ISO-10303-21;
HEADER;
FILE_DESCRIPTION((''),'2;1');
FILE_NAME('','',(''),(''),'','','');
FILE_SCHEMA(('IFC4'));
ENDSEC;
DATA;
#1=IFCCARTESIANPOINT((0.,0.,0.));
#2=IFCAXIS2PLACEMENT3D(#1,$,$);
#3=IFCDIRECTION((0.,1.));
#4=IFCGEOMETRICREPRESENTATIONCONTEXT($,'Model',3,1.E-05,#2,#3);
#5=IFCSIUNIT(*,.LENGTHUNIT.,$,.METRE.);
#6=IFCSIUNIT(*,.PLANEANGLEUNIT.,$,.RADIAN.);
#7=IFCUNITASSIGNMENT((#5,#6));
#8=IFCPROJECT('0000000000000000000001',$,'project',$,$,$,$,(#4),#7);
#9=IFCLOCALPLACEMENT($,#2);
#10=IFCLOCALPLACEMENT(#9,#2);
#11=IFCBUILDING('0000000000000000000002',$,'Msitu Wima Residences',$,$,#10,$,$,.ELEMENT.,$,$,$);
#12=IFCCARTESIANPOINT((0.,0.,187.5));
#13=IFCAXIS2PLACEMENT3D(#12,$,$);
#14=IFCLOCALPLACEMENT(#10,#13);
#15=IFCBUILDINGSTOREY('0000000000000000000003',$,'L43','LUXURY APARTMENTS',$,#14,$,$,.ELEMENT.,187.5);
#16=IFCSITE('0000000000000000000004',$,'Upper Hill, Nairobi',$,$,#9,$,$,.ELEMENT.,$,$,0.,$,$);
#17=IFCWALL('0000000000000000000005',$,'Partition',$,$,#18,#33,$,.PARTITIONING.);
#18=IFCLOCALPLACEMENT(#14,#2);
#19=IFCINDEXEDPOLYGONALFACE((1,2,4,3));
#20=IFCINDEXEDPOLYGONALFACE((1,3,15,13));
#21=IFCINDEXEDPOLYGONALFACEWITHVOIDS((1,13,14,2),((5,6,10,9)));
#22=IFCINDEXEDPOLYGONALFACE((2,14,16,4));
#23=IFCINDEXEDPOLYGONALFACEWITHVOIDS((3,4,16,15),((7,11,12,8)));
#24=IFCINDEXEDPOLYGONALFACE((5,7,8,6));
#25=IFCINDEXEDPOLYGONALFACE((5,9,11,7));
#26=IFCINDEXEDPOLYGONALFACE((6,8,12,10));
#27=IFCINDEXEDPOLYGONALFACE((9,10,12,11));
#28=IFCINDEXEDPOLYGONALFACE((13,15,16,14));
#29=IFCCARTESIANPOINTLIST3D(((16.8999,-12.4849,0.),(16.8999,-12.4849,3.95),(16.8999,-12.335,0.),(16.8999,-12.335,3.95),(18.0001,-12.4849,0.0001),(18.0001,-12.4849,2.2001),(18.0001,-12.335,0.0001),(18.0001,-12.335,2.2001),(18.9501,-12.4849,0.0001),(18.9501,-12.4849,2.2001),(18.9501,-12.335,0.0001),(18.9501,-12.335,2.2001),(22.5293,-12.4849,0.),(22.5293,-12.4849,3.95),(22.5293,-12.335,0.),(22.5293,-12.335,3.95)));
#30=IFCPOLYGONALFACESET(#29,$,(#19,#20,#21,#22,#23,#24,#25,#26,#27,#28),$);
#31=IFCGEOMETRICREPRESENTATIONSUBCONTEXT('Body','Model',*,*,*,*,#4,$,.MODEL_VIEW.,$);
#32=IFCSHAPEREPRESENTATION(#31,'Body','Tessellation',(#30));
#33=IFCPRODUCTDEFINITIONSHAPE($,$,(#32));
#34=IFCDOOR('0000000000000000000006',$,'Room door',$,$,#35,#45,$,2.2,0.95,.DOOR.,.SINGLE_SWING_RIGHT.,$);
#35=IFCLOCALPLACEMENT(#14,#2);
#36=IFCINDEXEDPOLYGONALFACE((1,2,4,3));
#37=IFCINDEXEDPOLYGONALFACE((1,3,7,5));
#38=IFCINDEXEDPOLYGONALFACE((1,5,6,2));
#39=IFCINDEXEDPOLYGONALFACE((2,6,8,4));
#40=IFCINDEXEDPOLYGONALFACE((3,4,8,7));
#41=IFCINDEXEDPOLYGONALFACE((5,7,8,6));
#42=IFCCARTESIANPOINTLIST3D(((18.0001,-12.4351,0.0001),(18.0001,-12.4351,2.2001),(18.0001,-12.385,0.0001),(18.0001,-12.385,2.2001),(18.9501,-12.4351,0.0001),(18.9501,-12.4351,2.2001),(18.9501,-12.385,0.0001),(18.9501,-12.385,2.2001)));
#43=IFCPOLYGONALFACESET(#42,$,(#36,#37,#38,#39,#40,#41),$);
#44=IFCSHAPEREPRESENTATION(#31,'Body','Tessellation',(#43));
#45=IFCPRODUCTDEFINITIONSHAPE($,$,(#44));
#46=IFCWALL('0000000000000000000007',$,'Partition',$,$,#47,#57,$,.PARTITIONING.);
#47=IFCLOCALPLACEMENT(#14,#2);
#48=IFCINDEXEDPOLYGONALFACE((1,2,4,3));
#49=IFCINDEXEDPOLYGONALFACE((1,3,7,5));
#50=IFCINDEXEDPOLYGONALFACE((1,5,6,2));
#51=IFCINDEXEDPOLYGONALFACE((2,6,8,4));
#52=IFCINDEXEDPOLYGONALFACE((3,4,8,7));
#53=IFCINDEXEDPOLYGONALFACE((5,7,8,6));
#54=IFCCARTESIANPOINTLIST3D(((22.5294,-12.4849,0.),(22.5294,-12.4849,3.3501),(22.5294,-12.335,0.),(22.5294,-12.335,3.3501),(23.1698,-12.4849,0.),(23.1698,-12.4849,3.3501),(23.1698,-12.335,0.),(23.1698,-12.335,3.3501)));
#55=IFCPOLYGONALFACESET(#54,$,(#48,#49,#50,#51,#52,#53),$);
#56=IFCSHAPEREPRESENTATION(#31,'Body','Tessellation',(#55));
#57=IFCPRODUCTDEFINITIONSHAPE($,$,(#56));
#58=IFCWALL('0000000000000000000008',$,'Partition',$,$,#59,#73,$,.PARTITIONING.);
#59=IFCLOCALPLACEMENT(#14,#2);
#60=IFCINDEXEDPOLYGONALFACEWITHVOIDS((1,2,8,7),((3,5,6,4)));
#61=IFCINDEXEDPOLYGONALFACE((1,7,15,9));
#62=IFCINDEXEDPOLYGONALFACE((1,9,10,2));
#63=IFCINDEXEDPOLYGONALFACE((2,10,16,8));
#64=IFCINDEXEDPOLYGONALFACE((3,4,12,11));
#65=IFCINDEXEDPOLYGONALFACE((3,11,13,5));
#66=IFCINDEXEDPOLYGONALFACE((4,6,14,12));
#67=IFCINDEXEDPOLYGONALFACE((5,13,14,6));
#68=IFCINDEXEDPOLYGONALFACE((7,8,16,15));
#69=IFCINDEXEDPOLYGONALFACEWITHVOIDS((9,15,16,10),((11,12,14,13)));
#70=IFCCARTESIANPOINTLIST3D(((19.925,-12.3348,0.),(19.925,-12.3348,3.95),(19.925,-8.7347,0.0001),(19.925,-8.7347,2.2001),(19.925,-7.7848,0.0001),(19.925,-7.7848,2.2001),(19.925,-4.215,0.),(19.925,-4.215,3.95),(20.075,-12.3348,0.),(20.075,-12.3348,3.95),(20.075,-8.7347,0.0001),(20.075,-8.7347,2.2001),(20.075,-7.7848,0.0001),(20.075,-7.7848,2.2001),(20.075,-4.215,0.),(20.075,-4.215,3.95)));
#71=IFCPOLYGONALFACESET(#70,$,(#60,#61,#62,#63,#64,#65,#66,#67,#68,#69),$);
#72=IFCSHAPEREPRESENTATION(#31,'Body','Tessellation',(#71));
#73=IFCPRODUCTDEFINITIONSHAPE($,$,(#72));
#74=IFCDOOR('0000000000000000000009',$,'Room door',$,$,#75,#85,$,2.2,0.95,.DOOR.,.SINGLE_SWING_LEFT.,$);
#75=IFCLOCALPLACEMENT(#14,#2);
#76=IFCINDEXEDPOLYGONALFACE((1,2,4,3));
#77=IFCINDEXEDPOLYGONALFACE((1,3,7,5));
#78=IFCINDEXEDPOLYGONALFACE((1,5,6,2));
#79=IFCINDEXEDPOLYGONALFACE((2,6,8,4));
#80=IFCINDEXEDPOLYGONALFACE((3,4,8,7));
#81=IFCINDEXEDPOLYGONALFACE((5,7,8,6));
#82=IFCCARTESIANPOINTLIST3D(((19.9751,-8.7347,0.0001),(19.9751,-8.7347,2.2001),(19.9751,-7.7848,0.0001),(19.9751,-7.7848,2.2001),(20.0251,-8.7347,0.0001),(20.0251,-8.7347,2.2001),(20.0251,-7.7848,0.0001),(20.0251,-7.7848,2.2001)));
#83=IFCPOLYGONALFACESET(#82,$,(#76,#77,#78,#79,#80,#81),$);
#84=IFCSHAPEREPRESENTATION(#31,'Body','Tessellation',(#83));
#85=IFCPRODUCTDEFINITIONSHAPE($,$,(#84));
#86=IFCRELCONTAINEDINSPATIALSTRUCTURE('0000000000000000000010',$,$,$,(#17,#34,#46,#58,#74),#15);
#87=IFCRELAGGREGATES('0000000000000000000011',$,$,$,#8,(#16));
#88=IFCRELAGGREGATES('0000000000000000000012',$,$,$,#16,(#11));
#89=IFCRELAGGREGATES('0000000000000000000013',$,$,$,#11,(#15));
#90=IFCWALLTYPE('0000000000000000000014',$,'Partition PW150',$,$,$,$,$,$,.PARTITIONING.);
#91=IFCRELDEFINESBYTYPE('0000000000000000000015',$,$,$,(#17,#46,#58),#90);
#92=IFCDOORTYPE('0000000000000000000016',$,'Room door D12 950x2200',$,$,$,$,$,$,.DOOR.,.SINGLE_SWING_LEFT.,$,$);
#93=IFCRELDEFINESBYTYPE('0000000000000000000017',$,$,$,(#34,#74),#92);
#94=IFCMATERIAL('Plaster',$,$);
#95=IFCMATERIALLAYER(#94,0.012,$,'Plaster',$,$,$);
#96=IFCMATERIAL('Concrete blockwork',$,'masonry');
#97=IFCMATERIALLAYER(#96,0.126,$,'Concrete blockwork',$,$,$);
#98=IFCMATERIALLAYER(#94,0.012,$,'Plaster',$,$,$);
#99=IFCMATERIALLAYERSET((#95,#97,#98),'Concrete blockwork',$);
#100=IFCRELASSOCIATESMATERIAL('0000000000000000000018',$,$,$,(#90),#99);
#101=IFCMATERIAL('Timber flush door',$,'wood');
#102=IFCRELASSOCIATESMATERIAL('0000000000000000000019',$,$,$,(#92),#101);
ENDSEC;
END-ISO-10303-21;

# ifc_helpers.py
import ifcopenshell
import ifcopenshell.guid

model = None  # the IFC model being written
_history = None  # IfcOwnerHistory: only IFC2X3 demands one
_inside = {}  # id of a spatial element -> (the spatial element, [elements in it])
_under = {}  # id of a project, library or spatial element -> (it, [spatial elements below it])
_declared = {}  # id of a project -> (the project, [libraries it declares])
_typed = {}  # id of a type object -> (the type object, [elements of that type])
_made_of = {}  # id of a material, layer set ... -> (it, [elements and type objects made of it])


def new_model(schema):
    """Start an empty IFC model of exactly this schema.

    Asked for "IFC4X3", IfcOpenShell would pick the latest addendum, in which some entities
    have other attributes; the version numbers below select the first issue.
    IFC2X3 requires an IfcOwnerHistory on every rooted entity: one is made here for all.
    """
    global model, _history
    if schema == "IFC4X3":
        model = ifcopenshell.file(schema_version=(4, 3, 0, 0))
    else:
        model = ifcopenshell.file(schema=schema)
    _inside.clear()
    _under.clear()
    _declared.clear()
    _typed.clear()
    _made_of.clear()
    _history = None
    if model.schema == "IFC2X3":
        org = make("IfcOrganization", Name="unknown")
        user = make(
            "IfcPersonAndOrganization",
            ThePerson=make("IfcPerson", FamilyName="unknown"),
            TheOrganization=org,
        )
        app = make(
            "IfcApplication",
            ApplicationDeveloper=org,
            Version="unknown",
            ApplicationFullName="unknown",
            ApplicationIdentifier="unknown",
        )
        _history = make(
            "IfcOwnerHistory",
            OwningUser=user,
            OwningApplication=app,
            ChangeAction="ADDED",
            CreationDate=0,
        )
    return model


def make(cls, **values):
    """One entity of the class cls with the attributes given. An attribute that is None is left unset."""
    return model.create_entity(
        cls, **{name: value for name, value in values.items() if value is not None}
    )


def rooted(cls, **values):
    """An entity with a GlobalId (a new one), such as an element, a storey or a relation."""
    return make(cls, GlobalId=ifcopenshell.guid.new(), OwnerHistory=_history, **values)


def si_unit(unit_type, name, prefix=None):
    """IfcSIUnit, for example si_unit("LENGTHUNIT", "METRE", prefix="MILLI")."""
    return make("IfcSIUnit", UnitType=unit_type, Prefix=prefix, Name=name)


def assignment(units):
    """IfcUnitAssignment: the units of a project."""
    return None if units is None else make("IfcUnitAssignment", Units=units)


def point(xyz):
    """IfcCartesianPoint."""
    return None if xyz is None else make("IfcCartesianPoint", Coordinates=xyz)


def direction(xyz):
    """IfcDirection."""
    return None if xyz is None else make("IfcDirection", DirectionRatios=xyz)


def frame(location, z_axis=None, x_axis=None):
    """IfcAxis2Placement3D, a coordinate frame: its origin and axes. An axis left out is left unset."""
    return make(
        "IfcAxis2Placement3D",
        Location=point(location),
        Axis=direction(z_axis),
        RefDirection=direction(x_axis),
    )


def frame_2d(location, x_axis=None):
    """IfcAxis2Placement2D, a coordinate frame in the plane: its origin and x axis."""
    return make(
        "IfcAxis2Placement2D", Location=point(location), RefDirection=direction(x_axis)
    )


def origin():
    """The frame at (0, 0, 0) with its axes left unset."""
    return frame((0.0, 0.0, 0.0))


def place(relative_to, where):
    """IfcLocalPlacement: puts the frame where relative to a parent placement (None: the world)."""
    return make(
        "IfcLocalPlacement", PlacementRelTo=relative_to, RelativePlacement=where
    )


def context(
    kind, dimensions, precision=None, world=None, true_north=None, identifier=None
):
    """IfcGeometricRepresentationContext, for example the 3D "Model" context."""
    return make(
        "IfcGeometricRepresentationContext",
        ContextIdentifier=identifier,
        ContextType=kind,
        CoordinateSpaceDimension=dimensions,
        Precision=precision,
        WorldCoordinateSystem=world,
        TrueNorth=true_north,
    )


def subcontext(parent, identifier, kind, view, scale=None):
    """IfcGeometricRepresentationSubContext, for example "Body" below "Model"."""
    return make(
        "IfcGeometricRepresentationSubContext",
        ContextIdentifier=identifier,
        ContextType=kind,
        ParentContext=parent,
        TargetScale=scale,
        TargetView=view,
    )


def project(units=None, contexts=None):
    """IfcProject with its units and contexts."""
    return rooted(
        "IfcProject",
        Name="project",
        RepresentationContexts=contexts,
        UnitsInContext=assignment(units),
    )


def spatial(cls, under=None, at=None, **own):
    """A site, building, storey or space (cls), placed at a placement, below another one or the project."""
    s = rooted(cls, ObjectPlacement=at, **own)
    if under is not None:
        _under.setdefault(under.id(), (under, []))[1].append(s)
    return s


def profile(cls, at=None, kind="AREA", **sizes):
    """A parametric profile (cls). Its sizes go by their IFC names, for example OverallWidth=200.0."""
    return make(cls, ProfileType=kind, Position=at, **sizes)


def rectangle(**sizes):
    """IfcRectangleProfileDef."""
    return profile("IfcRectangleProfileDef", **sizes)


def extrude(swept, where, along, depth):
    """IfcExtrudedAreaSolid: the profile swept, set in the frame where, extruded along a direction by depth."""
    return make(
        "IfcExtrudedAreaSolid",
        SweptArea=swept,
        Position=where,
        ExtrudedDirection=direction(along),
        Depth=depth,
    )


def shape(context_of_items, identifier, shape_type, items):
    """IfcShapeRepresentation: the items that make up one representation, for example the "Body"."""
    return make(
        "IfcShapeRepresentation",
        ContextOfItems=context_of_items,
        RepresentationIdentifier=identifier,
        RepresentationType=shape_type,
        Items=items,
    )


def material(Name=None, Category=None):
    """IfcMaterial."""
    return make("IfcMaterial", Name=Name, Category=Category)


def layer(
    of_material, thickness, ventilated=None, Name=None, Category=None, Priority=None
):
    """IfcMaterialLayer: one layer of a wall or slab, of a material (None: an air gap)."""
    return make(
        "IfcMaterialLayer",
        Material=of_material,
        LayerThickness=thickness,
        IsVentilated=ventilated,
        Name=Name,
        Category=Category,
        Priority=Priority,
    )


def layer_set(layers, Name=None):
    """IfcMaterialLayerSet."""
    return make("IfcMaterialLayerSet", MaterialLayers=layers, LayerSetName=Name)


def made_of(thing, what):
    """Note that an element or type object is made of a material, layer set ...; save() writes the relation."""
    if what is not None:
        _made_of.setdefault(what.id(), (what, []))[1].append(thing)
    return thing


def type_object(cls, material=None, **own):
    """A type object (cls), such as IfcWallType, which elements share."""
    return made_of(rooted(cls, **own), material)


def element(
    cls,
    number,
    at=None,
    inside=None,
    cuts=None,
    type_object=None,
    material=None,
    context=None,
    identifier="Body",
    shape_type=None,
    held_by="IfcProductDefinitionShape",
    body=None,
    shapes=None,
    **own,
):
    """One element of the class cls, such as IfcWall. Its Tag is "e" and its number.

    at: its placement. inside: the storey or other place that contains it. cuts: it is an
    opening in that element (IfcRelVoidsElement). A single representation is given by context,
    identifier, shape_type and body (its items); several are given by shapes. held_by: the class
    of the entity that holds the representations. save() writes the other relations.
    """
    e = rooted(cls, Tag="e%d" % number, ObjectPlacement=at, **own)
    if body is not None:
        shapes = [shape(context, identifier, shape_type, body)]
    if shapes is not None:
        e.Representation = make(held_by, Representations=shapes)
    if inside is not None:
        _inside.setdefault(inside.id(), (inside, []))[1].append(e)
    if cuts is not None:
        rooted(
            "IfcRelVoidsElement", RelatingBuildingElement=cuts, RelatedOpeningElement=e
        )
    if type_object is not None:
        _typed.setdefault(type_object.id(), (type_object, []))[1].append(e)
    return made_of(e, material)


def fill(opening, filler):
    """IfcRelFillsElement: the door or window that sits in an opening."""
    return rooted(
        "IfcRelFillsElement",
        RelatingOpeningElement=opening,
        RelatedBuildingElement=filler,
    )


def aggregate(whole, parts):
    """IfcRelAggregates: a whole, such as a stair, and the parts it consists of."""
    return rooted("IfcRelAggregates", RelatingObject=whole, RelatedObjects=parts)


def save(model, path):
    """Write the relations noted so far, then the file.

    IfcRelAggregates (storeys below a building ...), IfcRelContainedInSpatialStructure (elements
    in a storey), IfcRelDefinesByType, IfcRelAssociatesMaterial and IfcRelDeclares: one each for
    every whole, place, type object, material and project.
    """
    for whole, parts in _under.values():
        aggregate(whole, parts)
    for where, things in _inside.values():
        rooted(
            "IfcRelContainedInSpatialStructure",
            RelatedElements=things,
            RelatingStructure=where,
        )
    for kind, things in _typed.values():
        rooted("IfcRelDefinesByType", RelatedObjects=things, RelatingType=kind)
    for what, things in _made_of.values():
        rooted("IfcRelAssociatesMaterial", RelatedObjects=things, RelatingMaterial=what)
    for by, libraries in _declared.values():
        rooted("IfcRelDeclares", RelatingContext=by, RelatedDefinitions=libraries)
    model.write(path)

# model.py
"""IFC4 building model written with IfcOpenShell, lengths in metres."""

from ifc_helpers import new_model, si_unit, direction, frame, frame_2d, origin, place, context, subcontext, project, spatial, rectangle, extrude, material, layer, layer_set, type_object, element, fill, save


model = new_model("IFC4")

# Units and contexts
model_context = context("Model", 3, precision=1e-05, world=origin(), true_north=direction((0.0, 1.0)))
body_context = subcontext(model_context, "Body", "Model", "MODEL_VIEW")
ifc_project = project(units=[si_unit("LENGTHUNIT", "METRE"), si_unit("PLANEANGLEUNIT", "RADIAN")], contexts=[model_context])

# Site, building, storey
site_placement = place(None, origin())
site = spatial("IfcSite", under=ifc_project, at=site_placement, Name="Upper Hill, Nairobi", CompositionType="ELEMENT", RefElevation=0.0)
building_placement = place(site_placement, origin())
building = spatial("IfcBuilding", under=site, at=building_placement, Name="Msitu Wima Residences", CompositionType="ELEMENT")
storey_placement = place(building_placement, frame((0.0, 0.0, 187.5)))
storey = spatial("IfcBuildingStorey", under=building, at=storey_placement, Name="L43", Description="LUXURY APARTMENTS", CompositionType="ELEMENT", Elevation=187.5)

# Shared definitions
ifc_material_1 = material(Name="Plaster")
ifc_material_2 = material(Name="Concrete blockwork", Category="masonry")

# Shared definitions
ifc_layer_1 = layer(ifc_material_1, 0.012, Name="Plaster")
ifc_layer_2 = layer(ifc_material_2, 0.126, Name="Concrete blockwork")
ifc_layer_3 = layer(ifc_material_1, 0.012, Name="Plaster")
ifc_layer_set_1 = layer_set([ifc_layer_1, ifc_layer_2, ifc_layer_3], Name="Concrete blockwork")
wall_type_1 = type_object("IfcWallType", Name="Partition PW150", PredefinedType="PARTITIONING", material=ifc_layer_set_1)
ifc_material_3 = material(Name="Timber flush door", Category="wood")
door_type_1 = type_object("IfcDoorType", Name="Room door D12 950x2200", OperationType="SINGLE_SWING_LEFT", PredefinedType="DOOR", material=ifc_material_3)

# Wall, opening, door
wall_1_placement = place(storey_placement, frame((16.8999, -12.4099, 0.0), z_axis=(0.0, 0.0, 1.0), x_axis=(1.0, 0.0, 0.0)))
wall_1 = element("IfcWall", 1, at=wall_1_placement, inside=storey, type_object=wall_type_1, Name="Partition", PredefinedType="PARTITIONING", context=body_context, shape_type="SweptSolid", body=[
    extrude(rectangle(XDim=5.6294, YDim=0.1499, at=frame_2d((2.8147, 0.0))), origin(), (0.0, 0.0, 1.0), 3.95),
])
opening_1_placement = place(wall_1_placement, frame((1.1001, 0.0, 0.0)))
opening_1 = element("IfcOpeningElement", 2, at=opening_1_placement, cuts=wall_1, PredefinedType="OPENING", context=body_context, shape_type="SweptSolid", body=[
    extrude(rectangle(XDim=0.95, YDim=2.2, at=frame_2d((0.4751, 1.1001))), frame((0.0, 0.085, 0.0), z_axis=(0.0, -1.0, 0.0), x_axis=(1.0, 0.0, 0.0)), (0.0, 0.0, 1.0), 0.1699),
])
door_1_placement = place(opening_1_placement, origin())
door_1 = element("IfcDoor", 3, at=door_1_placement, inside=storey, type_object=door_type_1, Name="Room door", OperationType="SINGLE_SWING_RIGHT", OverallHeight=2.2, OverallWidth=0.95, PredefinedType="DOOR", context=body_context, shape_type="SweptSolid", body=[
    extrude(rectangle(XDim=0.95, YDim=2.2, at=frame_2d((0.4751, 1.1001))), frame((0.0, 0.0249, 0.0), z_axis=(0.0, -1.0, 0.0), x_axis=(1.0, 0.0, 0.0)), (0.0, 0.0, 1.0), 0.05),
])
fill(opening_1, door_1)

# Wall
wall_2_placement = place(storey_placement, frame((22.5293, -12.4099, 0.0), z_axis=(0.0, 0.0, 1.0), x_axis=(1.0, 0.0, 0.0)))
element("IfcWall", 4, at=wall_2_placement, inside=storey, type_object=wall_type_1, Name="Partition", PredefinedType="PARTITIONING", context=body_context, shape_type="SweptSolid", body=[
    extrude(rectangle(XDim=0.6404, YDim=0.1499, at=frame_2d((0.3203, 0.0))), origin(), (0.0, 0.0, 1.0), 3.3501),
])

# Wall, opening, door
wall_3_placement = place(storey_placement, frame((20.0, -12.335, 0.0), z_axis=(0.0, 0.0, 1.0), x_axis=(0.0, 1.0, 0.0)))
wall_3 = element("IfcWall", 5, at=wall_3_placement, inside=storey, type_object=wall_type_1, Name="Partition", PredefinedType="PARTITIONING", context=body_context, shape_type="SweptSolid", body=[
    extrude(rectangle(XDim=8.1199, YDim=0.1499, at=frame_2d((4.0601, 0.0))), origin(), (0.0, 0.0, 1.0), 3.95),
])
opening_2_placement = place(wall_3_placement, frame((3.6001, 0.0, 0.0)))
opening_2 = element("IfcOpeningElement", 6, at=opening_2_placement, cuts=wall_3, PredefinedType="OPENING", context=body_context, shape_type="SweptSolid", body=[
    extrude(rectangle(XDim=0.95, YDim=2.2, at=frame_2d((0.4751, 1.1001))), frame((0.0, 0.085, 0.0), z_axis=(0.0, -1.0, 0.0), x_axis=(1.0, 0.0, 0.0)), (0.0, 0.0, 1.0), 0.1699),
])
door_2_placement = place(opening_2_placement, origin())
door_2 = element("IfcDoor", 7, at=door_2_placement, inside=storey, type_object=door_type_1, Name="Room door", OperationType="SINGLE_SWING_LEFT", OverallHeight=2.2, OverallWidth=0.95, PredefinedType="DOOR", context=body_context, shape_type="SweptSolid", body=[
    extrude(rectangle(XDim=0.95, YDim=2.2, at=frame_2d((0.4751, 1.1001))), frame((0.0, 0.0249, 0.0), z_axis=(0.0, -1.0, 0.0), x_axis=(1.0, 0.0, 0.0)), (0.0, 0.0, 1.0), 0.05),
])
fill(opening_2, door_2)

save(model, "model.ifc")
